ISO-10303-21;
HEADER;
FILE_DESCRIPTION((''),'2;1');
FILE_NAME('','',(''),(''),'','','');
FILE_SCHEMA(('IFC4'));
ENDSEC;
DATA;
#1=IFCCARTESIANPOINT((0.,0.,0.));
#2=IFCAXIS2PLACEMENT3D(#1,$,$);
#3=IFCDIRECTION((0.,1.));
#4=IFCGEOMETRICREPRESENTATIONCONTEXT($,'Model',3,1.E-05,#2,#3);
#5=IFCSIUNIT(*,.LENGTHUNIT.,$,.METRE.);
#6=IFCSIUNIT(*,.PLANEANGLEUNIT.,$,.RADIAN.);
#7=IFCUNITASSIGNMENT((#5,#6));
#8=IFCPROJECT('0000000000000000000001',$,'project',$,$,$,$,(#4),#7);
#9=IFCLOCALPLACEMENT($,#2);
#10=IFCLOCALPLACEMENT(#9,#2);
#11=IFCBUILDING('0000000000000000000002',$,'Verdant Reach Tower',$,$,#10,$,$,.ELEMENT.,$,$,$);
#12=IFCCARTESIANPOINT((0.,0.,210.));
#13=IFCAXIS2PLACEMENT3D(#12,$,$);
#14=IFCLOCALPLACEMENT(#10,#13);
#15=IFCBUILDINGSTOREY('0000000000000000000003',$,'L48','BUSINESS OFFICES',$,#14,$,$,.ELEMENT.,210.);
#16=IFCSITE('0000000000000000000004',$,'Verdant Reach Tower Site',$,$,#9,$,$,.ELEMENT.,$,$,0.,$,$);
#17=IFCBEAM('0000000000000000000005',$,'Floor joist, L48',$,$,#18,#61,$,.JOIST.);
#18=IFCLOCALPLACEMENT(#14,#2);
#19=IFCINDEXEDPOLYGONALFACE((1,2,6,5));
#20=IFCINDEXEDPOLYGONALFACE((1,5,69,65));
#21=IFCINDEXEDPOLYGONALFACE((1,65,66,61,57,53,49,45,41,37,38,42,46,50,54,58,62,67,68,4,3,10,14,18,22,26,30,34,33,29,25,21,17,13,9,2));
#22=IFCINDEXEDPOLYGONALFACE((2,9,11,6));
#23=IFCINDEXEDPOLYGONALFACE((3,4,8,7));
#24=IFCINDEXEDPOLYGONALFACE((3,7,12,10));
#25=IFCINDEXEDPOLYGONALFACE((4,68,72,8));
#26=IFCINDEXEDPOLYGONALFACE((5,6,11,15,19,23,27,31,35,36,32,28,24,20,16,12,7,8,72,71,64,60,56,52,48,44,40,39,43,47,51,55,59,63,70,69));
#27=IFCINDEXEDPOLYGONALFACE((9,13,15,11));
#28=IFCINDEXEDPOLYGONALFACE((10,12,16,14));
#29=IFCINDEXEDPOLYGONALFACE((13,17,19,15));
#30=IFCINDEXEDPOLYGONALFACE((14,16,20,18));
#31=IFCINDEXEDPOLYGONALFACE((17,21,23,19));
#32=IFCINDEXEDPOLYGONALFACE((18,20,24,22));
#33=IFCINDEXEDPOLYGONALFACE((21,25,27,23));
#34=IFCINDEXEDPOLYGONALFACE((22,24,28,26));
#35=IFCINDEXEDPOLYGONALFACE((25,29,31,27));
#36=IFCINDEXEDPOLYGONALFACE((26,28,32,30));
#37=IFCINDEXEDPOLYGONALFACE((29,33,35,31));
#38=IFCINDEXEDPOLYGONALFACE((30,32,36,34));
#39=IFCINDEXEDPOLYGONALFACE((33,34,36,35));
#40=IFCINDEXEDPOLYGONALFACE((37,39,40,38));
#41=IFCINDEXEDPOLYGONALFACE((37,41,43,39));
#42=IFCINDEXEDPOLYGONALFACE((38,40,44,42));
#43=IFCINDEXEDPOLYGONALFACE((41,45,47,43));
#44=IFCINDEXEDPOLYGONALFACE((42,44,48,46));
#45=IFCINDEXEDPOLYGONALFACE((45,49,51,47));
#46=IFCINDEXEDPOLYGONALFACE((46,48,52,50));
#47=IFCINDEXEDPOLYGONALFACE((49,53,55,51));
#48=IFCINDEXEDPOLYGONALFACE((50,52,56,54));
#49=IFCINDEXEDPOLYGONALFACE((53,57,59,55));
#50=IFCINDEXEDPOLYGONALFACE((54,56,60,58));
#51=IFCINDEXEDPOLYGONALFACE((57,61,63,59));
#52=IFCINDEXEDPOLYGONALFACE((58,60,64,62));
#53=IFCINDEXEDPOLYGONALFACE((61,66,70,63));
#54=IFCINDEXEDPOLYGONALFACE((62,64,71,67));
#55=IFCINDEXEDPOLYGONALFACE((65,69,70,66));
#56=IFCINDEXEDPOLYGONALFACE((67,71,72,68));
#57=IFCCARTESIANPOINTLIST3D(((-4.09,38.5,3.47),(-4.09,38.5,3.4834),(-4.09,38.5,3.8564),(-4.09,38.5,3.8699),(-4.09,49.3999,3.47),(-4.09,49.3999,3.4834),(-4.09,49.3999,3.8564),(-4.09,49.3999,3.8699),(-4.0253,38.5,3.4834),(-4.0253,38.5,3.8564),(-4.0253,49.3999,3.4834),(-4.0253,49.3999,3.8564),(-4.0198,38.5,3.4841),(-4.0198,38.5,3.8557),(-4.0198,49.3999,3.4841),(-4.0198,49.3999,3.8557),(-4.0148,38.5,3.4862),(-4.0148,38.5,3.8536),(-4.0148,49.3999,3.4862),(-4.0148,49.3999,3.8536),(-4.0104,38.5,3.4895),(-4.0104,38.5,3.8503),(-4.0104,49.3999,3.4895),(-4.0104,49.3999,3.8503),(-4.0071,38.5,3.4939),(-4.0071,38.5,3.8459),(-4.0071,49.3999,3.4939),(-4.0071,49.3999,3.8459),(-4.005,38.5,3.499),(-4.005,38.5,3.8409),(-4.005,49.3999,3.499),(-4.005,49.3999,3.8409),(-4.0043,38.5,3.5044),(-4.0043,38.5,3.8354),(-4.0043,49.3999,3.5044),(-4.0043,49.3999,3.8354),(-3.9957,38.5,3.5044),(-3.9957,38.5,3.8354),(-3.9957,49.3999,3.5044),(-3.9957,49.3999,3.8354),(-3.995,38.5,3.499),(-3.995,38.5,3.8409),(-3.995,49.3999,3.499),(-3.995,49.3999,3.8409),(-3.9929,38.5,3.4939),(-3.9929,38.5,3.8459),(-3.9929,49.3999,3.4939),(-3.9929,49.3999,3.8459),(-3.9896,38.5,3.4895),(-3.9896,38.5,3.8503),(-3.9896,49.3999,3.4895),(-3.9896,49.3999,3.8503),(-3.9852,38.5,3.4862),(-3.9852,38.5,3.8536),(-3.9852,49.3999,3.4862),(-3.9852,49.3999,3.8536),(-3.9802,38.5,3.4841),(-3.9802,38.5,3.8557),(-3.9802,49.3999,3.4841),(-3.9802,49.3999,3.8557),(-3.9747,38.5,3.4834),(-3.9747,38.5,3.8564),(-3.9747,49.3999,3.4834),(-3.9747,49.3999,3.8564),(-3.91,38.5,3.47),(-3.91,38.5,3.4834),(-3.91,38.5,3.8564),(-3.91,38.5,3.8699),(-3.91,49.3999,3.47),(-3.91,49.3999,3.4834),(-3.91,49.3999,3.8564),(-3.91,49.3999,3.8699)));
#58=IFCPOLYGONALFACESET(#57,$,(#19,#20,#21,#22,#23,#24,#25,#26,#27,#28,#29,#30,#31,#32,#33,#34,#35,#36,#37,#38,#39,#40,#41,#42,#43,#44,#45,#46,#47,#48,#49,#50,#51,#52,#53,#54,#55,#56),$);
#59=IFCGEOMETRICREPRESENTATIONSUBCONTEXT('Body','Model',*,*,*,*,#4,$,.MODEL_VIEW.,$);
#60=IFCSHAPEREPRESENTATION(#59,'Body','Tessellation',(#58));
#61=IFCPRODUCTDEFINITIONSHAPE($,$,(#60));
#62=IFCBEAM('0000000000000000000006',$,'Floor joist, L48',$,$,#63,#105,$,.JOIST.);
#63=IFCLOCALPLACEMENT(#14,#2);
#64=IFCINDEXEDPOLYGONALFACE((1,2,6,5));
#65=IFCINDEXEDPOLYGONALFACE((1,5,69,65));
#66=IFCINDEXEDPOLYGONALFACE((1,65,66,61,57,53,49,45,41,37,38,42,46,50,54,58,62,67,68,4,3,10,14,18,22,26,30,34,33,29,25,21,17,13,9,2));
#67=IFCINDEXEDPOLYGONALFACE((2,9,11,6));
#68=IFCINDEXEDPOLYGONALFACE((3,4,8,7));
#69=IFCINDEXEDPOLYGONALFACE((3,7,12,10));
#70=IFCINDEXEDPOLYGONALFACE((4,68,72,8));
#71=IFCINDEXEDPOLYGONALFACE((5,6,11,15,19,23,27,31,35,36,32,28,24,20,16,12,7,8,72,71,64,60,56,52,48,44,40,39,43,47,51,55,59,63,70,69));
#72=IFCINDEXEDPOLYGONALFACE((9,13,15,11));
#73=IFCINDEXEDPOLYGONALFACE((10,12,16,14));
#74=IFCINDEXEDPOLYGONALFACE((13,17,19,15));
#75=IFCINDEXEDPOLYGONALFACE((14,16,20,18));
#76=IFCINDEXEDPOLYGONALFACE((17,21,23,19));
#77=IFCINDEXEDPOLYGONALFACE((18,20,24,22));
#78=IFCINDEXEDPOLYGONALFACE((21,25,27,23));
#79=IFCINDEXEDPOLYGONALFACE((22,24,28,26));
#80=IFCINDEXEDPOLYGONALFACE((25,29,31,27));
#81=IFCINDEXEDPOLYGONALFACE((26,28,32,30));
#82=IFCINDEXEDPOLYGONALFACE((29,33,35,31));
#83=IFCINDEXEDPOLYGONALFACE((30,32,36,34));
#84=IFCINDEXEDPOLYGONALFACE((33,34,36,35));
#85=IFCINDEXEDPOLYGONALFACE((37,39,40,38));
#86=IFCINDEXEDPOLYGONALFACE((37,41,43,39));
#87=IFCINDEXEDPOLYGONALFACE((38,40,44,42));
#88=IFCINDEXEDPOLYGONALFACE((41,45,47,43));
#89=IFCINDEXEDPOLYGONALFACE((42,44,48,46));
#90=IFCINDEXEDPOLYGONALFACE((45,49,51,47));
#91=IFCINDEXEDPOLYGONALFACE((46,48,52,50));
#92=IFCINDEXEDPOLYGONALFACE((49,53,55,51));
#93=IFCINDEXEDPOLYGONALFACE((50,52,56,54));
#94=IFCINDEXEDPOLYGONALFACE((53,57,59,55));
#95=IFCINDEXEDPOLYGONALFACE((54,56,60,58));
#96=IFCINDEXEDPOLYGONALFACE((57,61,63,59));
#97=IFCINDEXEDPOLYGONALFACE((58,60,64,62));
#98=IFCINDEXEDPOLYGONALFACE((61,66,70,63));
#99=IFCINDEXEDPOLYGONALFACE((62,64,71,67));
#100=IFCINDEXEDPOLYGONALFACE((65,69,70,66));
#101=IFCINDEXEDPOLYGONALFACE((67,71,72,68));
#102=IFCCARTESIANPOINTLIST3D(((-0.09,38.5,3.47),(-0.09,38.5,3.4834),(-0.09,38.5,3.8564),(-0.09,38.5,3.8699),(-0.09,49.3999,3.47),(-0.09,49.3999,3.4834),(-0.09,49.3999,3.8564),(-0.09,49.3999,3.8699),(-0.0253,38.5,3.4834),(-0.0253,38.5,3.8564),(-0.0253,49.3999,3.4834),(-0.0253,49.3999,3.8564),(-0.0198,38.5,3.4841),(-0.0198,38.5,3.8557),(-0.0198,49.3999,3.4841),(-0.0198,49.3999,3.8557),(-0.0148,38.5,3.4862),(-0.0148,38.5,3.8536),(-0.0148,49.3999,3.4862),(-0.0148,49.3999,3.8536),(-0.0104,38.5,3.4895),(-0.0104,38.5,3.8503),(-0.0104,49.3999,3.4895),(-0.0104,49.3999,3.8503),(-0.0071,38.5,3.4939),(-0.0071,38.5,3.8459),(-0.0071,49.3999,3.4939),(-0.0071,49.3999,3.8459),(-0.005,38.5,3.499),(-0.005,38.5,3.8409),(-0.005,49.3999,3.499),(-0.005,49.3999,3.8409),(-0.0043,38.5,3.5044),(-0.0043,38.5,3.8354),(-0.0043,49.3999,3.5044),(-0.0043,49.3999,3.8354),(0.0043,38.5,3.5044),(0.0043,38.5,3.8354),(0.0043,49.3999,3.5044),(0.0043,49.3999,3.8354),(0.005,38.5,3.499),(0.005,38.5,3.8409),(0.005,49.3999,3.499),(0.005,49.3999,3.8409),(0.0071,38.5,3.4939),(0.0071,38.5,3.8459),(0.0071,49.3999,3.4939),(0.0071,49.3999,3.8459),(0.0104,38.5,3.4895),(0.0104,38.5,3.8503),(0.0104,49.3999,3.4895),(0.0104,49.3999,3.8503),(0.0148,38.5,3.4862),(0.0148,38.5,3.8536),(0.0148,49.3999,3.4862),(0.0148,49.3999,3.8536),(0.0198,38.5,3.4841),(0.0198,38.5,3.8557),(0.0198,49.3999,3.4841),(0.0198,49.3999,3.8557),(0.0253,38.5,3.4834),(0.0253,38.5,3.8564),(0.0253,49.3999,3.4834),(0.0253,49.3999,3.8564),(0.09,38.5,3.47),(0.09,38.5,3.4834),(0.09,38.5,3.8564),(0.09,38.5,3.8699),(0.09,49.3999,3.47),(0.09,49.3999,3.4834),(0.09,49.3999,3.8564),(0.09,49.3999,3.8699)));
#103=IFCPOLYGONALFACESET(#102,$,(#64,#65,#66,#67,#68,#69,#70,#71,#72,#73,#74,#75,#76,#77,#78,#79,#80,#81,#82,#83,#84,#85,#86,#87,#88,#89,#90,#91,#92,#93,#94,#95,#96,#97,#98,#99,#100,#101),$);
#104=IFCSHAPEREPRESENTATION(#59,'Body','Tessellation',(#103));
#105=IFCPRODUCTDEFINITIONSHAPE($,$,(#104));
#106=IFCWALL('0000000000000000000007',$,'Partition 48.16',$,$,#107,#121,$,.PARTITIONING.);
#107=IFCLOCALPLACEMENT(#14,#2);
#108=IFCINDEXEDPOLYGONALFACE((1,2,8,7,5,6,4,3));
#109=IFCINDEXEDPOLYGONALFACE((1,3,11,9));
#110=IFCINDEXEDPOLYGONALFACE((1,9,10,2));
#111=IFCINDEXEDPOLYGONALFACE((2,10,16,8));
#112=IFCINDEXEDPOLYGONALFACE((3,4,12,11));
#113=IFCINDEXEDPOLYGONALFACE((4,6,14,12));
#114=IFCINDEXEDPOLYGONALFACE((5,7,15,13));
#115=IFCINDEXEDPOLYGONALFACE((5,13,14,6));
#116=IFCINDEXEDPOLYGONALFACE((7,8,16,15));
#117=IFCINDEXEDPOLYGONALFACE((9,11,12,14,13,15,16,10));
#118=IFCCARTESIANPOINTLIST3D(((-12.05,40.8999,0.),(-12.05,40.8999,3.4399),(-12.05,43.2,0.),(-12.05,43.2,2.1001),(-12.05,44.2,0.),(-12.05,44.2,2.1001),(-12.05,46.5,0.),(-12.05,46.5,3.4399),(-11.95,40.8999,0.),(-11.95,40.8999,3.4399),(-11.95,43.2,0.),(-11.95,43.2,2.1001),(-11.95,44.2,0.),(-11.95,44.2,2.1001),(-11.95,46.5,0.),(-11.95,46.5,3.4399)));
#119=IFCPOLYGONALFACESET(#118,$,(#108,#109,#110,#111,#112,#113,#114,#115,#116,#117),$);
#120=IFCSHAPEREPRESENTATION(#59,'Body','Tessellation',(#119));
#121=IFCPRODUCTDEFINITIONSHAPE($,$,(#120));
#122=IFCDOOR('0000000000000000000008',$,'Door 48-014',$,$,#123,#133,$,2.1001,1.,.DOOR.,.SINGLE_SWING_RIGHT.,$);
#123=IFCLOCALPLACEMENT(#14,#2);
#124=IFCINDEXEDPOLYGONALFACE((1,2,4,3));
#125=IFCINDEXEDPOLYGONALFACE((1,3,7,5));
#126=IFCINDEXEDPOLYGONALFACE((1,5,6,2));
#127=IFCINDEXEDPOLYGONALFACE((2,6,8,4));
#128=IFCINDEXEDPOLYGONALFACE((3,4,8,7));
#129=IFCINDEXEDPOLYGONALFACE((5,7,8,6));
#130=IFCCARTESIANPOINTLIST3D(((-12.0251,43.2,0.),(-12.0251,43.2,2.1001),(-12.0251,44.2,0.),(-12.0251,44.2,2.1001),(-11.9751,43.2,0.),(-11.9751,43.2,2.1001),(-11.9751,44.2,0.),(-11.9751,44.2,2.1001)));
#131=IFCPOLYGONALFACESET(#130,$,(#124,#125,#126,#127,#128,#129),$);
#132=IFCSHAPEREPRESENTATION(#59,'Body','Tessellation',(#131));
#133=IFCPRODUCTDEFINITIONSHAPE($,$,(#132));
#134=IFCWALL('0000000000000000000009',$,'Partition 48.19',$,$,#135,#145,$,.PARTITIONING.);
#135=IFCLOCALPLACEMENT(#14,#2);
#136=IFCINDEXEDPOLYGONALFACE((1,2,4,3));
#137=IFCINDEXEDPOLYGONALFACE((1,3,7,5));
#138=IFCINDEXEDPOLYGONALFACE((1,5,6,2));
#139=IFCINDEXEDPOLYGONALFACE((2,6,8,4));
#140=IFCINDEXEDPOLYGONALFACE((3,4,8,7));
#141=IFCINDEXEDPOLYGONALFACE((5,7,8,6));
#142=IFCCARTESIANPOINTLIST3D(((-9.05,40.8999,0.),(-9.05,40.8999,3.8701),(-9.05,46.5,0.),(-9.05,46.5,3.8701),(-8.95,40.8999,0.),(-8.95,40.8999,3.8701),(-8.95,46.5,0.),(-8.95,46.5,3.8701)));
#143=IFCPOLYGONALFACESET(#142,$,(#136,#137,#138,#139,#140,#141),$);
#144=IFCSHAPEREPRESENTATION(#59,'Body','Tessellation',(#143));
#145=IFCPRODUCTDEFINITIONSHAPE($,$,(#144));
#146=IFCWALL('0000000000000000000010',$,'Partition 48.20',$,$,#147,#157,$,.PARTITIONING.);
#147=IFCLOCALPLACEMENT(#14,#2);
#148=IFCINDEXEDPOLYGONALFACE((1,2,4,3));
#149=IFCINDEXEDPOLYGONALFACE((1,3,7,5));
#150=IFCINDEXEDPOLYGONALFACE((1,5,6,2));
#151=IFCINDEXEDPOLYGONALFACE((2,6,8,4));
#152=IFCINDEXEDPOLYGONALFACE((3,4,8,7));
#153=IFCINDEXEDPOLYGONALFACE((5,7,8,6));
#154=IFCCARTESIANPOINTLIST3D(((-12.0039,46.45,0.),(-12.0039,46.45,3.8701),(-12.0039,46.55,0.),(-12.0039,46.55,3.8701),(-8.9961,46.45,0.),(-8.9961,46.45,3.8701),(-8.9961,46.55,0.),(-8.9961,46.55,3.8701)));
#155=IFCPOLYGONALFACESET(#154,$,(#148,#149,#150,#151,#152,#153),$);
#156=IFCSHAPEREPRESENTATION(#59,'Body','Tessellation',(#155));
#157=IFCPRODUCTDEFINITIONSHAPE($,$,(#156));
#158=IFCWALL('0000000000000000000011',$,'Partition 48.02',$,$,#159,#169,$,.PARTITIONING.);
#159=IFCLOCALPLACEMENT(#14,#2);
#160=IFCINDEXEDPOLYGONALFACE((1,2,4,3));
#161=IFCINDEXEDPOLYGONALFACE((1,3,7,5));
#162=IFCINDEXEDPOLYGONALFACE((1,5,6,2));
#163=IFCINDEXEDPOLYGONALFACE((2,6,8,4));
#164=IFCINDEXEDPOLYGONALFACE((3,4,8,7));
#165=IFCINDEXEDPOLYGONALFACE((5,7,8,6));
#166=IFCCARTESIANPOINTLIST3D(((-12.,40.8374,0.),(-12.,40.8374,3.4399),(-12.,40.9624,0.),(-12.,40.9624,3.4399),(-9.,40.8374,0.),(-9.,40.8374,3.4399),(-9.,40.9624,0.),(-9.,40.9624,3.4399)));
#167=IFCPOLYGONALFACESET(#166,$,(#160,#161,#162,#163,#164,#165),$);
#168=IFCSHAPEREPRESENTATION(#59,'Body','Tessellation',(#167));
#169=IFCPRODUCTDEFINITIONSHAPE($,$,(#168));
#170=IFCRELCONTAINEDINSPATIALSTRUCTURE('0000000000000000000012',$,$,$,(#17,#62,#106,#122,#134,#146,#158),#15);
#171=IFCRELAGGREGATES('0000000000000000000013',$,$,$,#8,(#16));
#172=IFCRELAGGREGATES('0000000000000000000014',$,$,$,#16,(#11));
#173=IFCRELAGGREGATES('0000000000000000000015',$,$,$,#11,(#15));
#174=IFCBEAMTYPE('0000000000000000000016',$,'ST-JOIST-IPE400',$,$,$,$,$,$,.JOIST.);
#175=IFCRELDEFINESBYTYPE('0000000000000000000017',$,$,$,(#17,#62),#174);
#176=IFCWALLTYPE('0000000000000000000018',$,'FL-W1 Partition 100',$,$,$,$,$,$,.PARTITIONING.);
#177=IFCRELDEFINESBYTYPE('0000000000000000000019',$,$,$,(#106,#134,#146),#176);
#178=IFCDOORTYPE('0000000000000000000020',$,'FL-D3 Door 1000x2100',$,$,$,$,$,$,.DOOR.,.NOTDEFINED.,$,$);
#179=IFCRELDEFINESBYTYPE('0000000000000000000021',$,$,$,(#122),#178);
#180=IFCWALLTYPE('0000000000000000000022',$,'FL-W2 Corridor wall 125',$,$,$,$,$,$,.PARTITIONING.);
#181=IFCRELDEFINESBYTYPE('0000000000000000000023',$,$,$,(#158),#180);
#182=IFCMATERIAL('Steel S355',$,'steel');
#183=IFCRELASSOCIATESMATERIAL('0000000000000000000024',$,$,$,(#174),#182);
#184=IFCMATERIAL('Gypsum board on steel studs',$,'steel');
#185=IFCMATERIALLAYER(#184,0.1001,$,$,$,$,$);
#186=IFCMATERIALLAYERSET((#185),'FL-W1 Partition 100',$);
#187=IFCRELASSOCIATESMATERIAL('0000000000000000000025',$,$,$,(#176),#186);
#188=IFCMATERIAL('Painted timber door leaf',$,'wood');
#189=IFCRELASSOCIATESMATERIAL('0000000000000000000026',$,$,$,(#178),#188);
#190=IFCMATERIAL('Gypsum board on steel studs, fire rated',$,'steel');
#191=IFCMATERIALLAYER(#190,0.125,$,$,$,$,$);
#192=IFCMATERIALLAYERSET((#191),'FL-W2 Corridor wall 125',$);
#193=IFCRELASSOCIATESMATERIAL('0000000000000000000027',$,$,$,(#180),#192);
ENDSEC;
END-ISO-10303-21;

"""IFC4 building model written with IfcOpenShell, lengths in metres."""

from ifc_helpers import new_model, si_unit, direction, frame, frame_2d, origin, origin_2d, place, context, subcontext, project, spatial, rectangle, i_section, extrude, material, layer, layer_set, material_profile, profile_set, type_object, element, fill, save


model = new_model("IFC4")

# Units and contexts
model_context = context("Model", 3, precision=1e-05, world=origin(), true_north=direction((0.0, 1.0)))
body_context = subcontext(model_context, "Body", "Model", "MODEL_VIEW")
ifc_project = project(units=[si_unit("LENGTHUNIT", "METRE"), si_unit("PLANEANGLEUNIT", "RADIAN")], contexts=[model_context])

# Site, building, storey
site_placement = place(None, origin())
site = spatial("IfcSite", under=ifc_project, at=site_placement, Name="Verdant Reach Tower Site", CompositionType="ELEMENT", RefElevation=0.0)
building_placement = place(site_placement, origin())
building = spatial("IfcBuilding", under=site, at=building_placement, Name="Verdant Reach Tower", CompositionType="ELEMENT")
storey_placement = place(building_placement, frame((0.0, 0.0, 210.0)))
storey = spatial("IfcBuildingStorey", under=building, at=storey_placement, Name="L48", Description="BUSINESS OFFICES", CompositionType="ELEMENT", Elevation=210.0)

# Beams
ifc_material_1 = material(Name="Steel S355", Category="steel")
ifc_material_profile_1 = material_profile(ifc_material_1, i_section(OverallWidth=0.1799, OverallDepth=0.3999, WebThickness=0.0085, FlangeThickness=0.0134, FilletRadius=0.021, at=origin_2d()), Name="IPE 400")
ifc_profile_set_1 = profile_set([ifc_material_profile_1], Name="Steel S355")
beam_type_1 = type_object("IfcBeamType", Name="ST-JOIST-IPE400", PredefinedType="JOIST", material=ifc_profile_set_1)
for number, where, z_axis, x_axis, name in (
    (1, (-4.0, 38.5, 3.6699), (0.0, 1.0, 0.0), (-1.0, 0.0, 0.0), "Floor joist, L48"),
    (2, (0.0, 38.5, 3.6699), (0.0, 1.0, 0.0), (-1.0, 0.0, 0.0), "Floor joist, L48"),
):
    element("IfcBeam", number, at=place(storey_placement, frame(where, z_axis=z_axis, x_axis=x_axis)), inside=storey, type_object=beam_type_1, Name=name, PredefinedType="JOIST", context=body_context, shape_type="SweptSolid", body=[
        extrude(i_section(OverallWidth=0.1799, OverallDepth=0.3999, WebThickness=0.0085, FlangeThickness=0.0134, FilletRadius=0.021, at=origin_2d()), origin(), (0.0, 0.0, 1.0), 10.8999),
    ])

# Wall, opening, door
ifc_material_2 = material(Name="Gypsum board on steel studs", Category="steel")
ifc_layer_1 = layer(ifc_material_2, 0.1001)
ifc_layer_set_1 = layer_set([ifc_layer_1], Name="FL-W1 Partition 100")
wall_type_1 = type_object("IfcWallType", Name="FL-W1 Partition 100", PredefinedType="PARTITIONING", material=ifc_layer_set_1)
wall_1_placement = place(storey_placement, frame((-12.0, 46.5, 0.0), z_axis=(0.0, 0.0, 1.0), x_axis=(0.0, -1.0, 0.0)))
wall_1 = element("IfcWall", 3, at=wall_1_placement, inside=storey, type_object=wall_type_1, Name="Partition 48.16", PredefinedType="PARTITIONING", context=body_context, shape_type="SweptSolid", body=[
    extrude(rectangle(XDim=5.6001, YDim=0.1001, at=frame_2d((2.8, 0.0))), origin(), (0.0, 0.0, 1.0), 3.4399),
])
opening_1_placement = place(wall_1_placement, frame((2.3, 0.0, 0.0)))
opening_1 = element("IfcOpeningElement", 4, at=opening_1_placement, cuts=wall_1, PredefinedType="OPENING", context=body_context, shape_type="SweptSolid", body=[
    extrude(rectangle(XDim=1.0, YDim=2.1001, at=frame_2d((0.5, 1.05))), frame((0.0, 0.0601, 0.0), z_axis=(0.0, -1.0, 0.0), x_axis=(1.0, 0.0, 0.0)), (0.0, 0.0, 1.0), 0.1201),
])
ifc_material_3 = material(Name="Painted timber door leaf", Category="wood")
door_type_1 = type_object("IfcDoorType", Name="FL-D3 Door 1000x2100", OperationType="NOTDEFINED", PredefinedType="DOOR", material=ifc_material_3)
door_1_placement = place(opening_1_placement, origin())
door_1 = element("IfcDoor", 5, at=door_1_placement, inside=storey, type_object=door_type_1, Name="Door 48-014", OperationType="SINGLE_SWING_RIGHT", OverallHeight=2.1001, OverallWidth=1.0, PredefinedType="DOOR", context=body_context, shape_type="SweptSolid", body=[
    extrude(rectangle(XDim=1.0, YDim=2.1001, at=frame_2d((0.5, 1.05))), frame((0.0, 0.0249, 0.0), z_axis=(0.0, -1.0, 0.0), x_axis=(1.0, 0.0, 0.0)), (0.0, 0.0, 1.0), 0.05),
])
fill(opening_1, door_1)

# Walls
wall_2_placement = place(storey_placement, frame((-9.0, 40.8999, 0.0), z_axis=(0.0, 0.0, 1.0), x_axis=(0.0, 1.0, 0.0)))
element("IfcWall", 6, at=wall_2_placement, inside=storey, type_object=wall_type_1, Name="Partition 48.19", PredefinedType="PARTITIONING", context=body_context, shape_type="SweptSolid", body=[
    extrude(rectangle(XDim=5.6001, YDim=0.1001, at=frame_2d((2.8, 0.0))), origin(), (0.0, 0.0, 1.0), 3.8701),
])
wall_3_placement = place(storey_placement, frame((-8.9961, 46.5, 0.0), z_axis=(0.0, 0.0, 1.0), x_axis=(-1.0, 0.0, 0.0)))
element("IfcWall", 7, at=wall_3_placement, inside=storey, type_object=wall_type_1, Name="Partition 48.20", PredefinedType="PARTITIONING", context=body_context, shape_type="SweptSolid", body=[
    extrude(rectangle(XDim=3.0078, YDim=0.1001, at=frame_2d((1.5039, 0.0))), origin(), (0.0, 0.0, 1.0), 3.8701),
])
ifc_material_4 = material(Name="Gypsum board on steel studs, fire rated", Category="steel")
ifc_layer_2 = layer(ifc_material_4, 0.125)
ifc_layer_set_2 = layer_set([ifc_layer_2], Name="FL-W2 Corridor wall 125")
wall_type_2 = type_object("IfcWallType", Name="FL-W2 Corridor wall 125", PredefinedType="PARTITIONING", material=ifc_layer_set_2)
wall_4_placement = place(storey_placement, frame((-9.0, 40.8999, 0.0), z_axis=(0.0, 0.0, 1.0), x_axis=(-1.0, 0.0, 0.0)))
element("IfcWall", 8, at=wall_4_placement, inside=storey, type_object=wall_type_2, Name="Partition 48.02", PredefinedType="PARTITIONING", context=body_context, shape_type="SweptSolid", body=[
    extrude(rectangle(XDim=3.0, YDim=0.125, at=frame_2d((1.5, 0.0))), origin(), (0.0, 0.0, 1.0), 3.4399),
])

save(model, "model.ifc")
